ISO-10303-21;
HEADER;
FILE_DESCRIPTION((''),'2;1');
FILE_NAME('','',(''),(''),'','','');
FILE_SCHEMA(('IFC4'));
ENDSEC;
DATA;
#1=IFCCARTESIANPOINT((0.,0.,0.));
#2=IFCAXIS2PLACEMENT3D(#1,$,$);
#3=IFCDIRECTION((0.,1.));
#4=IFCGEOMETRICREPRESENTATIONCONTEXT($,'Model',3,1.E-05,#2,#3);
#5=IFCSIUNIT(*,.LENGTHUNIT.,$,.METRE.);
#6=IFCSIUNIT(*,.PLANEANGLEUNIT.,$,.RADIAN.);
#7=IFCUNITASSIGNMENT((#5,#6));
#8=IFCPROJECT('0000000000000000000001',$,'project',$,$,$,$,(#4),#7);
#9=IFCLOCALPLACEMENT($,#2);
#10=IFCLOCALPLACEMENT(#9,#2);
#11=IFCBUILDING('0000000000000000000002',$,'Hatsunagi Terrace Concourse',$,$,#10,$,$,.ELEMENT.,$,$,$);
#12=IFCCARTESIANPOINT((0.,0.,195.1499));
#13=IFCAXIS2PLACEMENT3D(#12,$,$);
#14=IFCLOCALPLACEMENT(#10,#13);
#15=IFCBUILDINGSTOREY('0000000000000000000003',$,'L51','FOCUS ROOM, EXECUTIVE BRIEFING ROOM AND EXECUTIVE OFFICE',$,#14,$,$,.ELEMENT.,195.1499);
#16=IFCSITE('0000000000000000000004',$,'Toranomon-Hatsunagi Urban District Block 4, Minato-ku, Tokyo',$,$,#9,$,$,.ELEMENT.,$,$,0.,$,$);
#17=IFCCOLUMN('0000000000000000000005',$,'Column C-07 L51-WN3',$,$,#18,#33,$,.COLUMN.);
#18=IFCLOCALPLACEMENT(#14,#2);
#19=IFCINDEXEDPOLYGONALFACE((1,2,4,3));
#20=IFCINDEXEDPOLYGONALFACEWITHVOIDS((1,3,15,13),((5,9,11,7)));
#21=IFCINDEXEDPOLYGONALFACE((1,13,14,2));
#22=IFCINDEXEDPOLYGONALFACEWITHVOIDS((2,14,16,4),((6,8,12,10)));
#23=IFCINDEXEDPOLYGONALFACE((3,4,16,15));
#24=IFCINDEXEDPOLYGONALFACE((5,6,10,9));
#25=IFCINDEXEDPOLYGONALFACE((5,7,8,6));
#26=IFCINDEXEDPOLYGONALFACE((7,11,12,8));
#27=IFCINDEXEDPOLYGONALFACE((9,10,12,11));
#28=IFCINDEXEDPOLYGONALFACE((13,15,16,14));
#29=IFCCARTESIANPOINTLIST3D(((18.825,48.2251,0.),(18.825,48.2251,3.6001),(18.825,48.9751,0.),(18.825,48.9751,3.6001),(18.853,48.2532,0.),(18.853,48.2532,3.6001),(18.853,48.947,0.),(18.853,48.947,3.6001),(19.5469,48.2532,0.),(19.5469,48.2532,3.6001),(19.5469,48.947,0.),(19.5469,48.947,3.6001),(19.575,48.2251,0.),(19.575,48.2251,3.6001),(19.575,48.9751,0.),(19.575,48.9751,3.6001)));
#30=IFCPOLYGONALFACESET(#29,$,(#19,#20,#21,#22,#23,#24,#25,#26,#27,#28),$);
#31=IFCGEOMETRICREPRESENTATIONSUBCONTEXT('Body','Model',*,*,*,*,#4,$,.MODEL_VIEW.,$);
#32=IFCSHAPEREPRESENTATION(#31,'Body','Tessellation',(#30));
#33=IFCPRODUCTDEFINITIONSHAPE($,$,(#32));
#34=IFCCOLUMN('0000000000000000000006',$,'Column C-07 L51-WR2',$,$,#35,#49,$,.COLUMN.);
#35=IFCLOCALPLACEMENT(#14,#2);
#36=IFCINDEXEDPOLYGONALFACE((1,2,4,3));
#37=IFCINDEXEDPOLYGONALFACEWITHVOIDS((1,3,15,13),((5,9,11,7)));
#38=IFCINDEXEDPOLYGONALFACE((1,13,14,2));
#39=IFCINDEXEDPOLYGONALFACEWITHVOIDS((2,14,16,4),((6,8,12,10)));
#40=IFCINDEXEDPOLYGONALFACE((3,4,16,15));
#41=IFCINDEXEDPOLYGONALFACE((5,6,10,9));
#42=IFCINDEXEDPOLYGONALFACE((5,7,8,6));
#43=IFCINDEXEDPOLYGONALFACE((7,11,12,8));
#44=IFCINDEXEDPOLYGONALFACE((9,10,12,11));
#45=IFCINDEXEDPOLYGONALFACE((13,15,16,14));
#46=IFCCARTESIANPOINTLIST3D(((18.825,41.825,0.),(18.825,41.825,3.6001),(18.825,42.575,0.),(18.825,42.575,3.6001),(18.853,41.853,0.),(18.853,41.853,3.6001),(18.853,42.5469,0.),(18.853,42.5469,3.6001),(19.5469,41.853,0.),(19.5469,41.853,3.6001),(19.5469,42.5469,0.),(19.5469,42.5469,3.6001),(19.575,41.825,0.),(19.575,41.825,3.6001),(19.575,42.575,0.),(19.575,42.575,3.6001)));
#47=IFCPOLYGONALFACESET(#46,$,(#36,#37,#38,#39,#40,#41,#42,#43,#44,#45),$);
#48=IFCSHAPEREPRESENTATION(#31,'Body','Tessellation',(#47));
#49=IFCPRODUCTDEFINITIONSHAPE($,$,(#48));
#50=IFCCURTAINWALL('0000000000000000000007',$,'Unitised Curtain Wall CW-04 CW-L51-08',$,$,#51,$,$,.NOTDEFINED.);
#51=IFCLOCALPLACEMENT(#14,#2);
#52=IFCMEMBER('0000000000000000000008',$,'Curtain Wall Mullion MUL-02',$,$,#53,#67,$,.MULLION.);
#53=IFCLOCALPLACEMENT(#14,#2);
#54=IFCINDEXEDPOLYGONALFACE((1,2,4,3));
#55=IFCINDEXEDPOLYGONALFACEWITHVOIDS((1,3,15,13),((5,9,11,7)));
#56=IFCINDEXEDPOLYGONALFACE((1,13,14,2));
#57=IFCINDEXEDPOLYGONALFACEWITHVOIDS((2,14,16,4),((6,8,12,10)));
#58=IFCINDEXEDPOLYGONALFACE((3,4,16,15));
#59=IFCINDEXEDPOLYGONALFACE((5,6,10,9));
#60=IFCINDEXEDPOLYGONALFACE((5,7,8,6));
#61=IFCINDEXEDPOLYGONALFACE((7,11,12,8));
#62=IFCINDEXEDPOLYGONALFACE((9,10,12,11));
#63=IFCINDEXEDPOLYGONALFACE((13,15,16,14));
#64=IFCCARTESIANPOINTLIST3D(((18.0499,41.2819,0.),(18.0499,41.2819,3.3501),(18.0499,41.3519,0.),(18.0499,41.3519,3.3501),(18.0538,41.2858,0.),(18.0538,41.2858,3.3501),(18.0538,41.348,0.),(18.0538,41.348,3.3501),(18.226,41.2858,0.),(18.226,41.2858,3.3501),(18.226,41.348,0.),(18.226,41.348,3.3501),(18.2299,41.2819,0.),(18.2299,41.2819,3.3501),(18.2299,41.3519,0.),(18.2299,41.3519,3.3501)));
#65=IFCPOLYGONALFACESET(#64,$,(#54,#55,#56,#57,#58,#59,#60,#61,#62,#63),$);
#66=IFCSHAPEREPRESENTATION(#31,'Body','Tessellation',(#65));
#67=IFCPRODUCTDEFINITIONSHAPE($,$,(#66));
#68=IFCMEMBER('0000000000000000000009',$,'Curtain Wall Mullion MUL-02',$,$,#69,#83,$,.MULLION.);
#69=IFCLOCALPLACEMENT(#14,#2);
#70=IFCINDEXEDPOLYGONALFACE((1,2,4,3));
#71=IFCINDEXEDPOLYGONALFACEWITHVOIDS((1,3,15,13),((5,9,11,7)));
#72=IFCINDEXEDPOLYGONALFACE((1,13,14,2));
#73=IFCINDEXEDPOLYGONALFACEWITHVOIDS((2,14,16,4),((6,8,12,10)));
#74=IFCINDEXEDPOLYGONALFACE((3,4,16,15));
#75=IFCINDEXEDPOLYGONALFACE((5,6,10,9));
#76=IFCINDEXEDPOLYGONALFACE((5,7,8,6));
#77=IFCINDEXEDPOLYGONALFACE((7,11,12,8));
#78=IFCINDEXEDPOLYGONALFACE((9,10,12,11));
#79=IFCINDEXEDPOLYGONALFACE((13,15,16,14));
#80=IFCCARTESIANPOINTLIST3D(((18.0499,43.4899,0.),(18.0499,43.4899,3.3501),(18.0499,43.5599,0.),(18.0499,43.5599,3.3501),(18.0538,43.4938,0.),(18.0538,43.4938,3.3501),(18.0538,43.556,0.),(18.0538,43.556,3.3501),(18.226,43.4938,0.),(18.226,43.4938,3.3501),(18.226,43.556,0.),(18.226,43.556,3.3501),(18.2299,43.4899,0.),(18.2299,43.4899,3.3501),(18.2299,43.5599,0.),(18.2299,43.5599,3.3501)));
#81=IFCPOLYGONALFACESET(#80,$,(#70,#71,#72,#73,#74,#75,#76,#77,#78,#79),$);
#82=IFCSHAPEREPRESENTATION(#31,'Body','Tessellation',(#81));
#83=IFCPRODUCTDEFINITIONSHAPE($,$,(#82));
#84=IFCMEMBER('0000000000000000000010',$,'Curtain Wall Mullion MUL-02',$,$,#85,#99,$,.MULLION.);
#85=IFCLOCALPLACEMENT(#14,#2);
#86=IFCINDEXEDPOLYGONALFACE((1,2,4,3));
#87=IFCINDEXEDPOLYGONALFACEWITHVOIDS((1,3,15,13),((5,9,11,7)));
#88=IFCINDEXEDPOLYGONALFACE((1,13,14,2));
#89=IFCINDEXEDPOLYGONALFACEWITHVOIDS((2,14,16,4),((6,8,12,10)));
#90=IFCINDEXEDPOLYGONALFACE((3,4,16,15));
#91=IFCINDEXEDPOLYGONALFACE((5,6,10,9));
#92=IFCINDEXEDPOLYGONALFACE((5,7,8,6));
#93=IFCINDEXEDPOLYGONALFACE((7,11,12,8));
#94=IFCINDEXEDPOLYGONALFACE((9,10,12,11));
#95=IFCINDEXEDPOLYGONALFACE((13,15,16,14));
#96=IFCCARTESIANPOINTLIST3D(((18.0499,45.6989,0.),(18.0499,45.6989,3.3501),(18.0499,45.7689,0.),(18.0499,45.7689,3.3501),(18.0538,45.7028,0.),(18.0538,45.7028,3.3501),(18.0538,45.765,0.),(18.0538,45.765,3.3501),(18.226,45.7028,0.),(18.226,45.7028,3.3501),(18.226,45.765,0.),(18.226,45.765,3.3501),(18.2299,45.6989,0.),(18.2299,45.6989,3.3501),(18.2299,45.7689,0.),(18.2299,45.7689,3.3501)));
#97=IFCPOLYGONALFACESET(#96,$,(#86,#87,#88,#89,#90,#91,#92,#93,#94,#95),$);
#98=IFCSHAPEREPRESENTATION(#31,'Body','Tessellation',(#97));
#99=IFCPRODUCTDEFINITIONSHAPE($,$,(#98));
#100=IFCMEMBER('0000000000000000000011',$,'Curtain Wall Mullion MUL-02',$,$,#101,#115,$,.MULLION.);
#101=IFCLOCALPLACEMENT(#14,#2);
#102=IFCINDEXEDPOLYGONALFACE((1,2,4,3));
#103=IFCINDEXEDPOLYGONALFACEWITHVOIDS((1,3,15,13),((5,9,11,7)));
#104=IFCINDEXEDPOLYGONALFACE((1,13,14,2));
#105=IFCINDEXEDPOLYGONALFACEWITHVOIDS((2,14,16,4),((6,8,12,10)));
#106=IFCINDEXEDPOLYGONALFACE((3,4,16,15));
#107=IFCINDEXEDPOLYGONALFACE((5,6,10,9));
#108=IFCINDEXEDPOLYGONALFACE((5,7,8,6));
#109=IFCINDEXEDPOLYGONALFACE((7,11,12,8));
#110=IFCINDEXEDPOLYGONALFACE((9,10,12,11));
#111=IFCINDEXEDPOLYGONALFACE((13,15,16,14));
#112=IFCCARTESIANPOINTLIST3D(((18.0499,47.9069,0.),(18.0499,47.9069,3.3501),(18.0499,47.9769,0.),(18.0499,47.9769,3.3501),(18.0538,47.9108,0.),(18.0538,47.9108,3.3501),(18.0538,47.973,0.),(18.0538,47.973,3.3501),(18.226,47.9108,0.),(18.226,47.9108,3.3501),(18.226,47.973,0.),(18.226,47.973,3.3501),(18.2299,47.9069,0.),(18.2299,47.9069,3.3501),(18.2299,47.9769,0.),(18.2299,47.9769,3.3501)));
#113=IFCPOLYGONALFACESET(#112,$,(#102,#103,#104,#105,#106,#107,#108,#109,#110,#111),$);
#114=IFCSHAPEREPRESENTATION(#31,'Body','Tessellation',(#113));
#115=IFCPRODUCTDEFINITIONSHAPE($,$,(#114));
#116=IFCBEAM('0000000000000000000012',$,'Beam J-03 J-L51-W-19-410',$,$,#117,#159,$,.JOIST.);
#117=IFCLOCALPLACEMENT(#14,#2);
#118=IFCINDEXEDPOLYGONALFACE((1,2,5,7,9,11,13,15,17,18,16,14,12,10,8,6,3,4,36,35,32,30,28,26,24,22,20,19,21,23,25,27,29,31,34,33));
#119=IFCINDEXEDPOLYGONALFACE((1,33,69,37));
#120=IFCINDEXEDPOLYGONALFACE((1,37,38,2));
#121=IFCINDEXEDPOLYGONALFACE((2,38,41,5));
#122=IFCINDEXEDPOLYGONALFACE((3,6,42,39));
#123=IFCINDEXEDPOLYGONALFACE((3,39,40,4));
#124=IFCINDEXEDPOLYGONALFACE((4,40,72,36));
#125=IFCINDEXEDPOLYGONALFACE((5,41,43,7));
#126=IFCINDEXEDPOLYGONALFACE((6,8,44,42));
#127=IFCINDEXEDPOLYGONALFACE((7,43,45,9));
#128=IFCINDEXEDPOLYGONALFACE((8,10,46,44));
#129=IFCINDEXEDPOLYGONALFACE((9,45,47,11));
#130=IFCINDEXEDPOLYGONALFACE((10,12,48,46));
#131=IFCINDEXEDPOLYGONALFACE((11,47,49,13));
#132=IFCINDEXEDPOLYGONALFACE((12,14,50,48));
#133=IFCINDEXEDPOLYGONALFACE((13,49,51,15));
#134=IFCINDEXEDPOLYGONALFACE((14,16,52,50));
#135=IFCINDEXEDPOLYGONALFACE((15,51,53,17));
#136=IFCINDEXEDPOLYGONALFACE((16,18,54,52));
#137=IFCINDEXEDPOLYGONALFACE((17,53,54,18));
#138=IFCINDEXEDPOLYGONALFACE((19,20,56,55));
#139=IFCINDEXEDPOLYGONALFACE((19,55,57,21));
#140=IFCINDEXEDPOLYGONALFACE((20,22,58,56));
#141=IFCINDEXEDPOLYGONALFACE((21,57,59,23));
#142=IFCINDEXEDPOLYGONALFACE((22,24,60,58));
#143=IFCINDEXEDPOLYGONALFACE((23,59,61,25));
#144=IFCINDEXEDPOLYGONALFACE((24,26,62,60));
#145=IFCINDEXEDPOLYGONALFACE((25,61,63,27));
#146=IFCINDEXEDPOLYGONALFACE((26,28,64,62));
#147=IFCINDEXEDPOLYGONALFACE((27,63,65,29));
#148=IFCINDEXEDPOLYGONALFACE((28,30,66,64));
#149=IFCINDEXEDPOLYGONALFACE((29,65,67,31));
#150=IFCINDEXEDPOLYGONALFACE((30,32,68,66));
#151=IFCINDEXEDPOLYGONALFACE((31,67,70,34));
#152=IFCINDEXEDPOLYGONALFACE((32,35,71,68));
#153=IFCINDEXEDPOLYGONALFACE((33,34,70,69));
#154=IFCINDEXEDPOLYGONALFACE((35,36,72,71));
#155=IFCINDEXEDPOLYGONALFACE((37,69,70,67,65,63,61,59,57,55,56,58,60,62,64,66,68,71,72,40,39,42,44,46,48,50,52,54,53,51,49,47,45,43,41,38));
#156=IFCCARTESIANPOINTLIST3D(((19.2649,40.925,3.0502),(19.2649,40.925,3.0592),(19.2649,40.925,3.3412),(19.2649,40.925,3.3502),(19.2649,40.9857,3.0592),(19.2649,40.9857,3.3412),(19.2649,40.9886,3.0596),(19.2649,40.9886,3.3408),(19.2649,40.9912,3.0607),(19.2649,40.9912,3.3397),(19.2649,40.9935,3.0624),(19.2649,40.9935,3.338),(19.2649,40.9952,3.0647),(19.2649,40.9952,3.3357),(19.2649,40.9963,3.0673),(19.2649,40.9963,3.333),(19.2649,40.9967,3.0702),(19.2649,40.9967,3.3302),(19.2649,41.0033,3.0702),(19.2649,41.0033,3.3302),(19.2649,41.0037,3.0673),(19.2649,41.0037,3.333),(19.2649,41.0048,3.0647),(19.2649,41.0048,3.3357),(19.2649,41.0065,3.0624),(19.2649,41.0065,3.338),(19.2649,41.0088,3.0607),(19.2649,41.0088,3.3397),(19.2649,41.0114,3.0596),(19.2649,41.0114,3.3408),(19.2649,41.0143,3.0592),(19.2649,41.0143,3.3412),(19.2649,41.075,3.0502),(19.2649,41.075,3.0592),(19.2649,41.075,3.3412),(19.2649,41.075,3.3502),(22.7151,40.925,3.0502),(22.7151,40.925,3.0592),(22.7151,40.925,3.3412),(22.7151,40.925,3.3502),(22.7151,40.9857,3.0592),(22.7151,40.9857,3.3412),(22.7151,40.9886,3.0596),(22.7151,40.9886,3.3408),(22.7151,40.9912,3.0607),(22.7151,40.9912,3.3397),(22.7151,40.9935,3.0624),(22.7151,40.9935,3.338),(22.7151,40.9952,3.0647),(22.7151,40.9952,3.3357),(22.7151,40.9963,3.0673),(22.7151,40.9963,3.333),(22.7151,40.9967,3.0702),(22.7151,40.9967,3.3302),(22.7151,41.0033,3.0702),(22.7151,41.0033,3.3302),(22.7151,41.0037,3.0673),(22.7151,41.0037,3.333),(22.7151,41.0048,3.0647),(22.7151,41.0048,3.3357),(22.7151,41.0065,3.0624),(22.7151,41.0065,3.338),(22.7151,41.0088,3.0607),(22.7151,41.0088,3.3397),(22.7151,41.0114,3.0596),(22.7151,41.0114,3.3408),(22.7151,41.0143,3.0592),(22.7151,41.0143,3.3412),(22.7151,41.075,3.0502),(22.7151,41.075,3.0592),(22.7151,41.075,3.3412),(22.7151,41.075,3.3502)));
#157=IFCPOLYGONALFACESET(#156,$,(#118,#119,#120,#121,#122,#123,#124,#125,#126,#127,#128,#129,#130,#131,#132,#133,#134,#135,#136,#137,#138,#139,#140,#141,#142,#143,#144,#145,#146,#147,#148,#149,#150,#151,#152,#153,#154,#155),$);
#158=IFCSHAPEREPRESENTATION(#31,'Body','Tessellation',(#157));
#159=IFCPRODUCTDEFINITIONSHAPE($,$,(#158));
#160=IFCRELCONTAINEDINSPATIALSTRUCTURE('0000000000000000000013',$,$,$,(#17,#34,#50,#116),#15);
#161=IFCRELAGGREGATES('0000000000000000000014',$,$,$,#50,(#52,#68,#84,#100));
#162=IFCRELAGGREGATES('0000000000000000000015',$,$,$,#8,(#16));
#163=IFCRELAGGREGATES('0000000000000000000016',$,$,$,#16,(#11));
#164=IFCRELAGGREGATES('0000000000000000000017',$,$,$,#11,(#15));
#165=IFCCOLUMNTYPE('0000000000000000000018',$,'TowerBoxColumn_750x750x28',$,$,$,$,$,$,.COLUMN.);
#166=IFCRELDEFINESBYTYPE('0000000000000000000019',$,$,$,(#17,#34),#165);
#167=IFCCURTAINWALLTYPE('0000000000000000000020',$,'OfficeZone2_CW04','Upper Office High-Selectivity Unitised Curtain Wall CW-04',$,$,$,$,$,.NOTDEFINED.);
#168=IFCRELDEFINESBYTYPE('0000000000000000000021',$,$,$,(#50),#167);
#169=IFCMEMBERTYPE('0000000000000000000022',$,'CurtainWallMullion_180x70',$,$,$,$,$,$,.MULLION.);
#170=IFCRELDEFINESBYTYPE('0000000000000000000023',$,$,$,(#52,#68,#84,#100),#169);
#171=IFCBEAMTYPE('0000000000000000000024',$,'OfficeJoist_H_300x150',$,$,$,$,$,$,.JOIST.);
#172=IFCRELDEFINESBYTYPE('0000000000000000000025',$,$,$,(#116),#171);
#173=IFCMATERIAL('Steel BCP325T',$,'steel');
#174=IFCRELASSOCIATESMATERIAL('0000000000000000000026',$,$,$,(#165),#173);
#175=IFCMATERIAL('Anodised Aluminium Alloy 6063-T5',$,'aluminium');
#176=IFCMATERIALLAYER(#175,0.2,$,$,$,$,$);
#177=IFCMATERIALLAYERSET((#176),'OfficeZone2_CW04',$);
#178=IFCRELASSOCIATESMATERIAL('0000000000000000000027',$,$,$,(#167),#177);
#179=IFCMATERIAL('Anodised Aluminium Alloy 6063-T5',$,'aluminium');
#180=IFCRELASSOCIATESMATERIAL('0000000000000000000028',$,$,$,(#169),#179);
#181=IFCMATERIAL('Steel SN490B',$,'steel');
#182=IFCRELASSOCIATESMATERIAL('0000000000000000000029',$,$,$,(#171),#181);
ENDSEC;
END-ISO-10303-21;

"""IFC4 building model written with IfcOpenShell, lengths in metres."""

from ifc_helpers import new_model, si_unit, direction, frame, origin, origin_2d, place, context, subcontext, project, spatial, hollow_rectangle, i_section, extrude, material, layer, layer_set, material_profile, profile_set, type_object, element, aggregate, save


model = new_model("IFC4")

# Units and contexts
model_context = context("Model", 3, precision=1e-05, world=origin(), true_north=direction((0.0, 1.0)))
body_context = subcontext(model_context, "Body", "Model", "MODEL_VIEW")
ifc_project = project(units=[si_unit("LENGTHUNIT", "METRE"), si_unit("PLANEANGLEUNIT", "RADIAN")], contexts=[model_context])

# Site, building, storey
site_placement = place(None, origin())
site = spatial("IfcSite", under=ifc_project, at=site_placement, Name="Toranomon-Hatsunagi Urban District Block 4, Minato-ku, Tokyo", CompositionType="ELEMENT", RefElevation=0.0)
building_placement = place(site_placement, origin())
building = spatial("IfcBuilding", under=site, at=building_placement, Name="Hatsunagi Terrace Concourse", CompositionType="ELEMENT")
storey_placement = place(building_placement, frame((0.0, 0.0, 195.1499)))
storey = spatial("IfcBuildingStorey", under=building, at=storey_placement, Name="L51", Description="FOCUS ROOM, EXECUTIVE BRIEFING ROOM AND EXECUTIVE OFFICE", CompositionType="ELEMENT", Elevation=195.1499)

# Columns
ifc_material_1 = material(Name="Steel BCP325T", Category="steel")
ifc_material_profile_1 = material_profile(ifc_material_1, hollow_rectangle(XDim=0.75, YDim=0.75, WallThickness=0.0281, at=origin_2d()), Name="BCP-750x750x28")
ifc_profile_set_1 = profile_set([ifc_material_profile_1], Name="Steel BCP325T")
column_type = type_object("IfcColumnType", Name="TowerBoxColumn_750x750x28", PredefinedType="COLUMN", material=ifc_profile_set_1)
for number, where, z_axis, x_axis, name in (
    (1, (19.2, 48.6001, 0.0), (0.0, 0.0, 1.0), (1.0, 0.0, 0.0), "Column C-07 L51-WN3"),
    (2, (19.2, 42.2, 0.0), (0.0, 0.0, 1.0), (1.0, 0.0, 0.0), "Column C-07 L51-WR2"),
):
    element("IfcColumn", number, at=place(storey_placement, frame(where, z_axis=z_axis, x_axis=x_axis)), inside=storey, type_object=column_type, Name=name, PredefinedType="COLUMN", context=body_context, shape_type="SweptSolid", body=[
        extrude(hollow_rectangle(XDim=0.75, YDim=0.75, WallThickness=0.0281, at=origin_2d()), origin(), (0.0, 0.0, 1.0), 3.6001),
    ])

# Curtain wall, members
ifc_material_2 = material(Name="Anodised Aluminium Alloy 6063-T5", Category="aluminium")
ifc_layer_1 = layer(ifc_material_2, 0.2)
ifc_layer_set_1 = layer_set([ifc_layer_1], Name="OfficeZone2_CW04")
curtain_wall_type = type_object("IfcCurtainWallType", Name="OfficeZone2_CW04", Description="Upper Office High-Selectivity Unitised Curtain Wall CW-04", PredefinedType="NOTDEFINED", material=ifc_layer_set_1)
curtain_wall_placement = place(storey_placement, origin())
curtain_wall = element("IfcCurtainWall", 3, at=curtain_wall_placement, inside=storey, type_object=curtain_wall_type, Name="Unitised Curtain Wall CW-04 CW-L51-08", PredefinedType="NOTDEFINED")
ifc_material_3 = material(Name="Anodised Aluminium Alloy 6063-T5", Category="aluminium")
ifc_material_profile_2 = material_profile(ifc_material_3, hollow_rectangle(XDim=0.0701, YDim=0.1799, WallThickness=0.0039, at=origin_2d()), Name="ALU-MUL-180x70x4")
ifc_profile_set_2 = profile_set([ifc_material_profile_2], Name="Anodised Aluminium Alloy 6063-T5")
member_type = type_object("IfcMemberType", Name="CurtainWallMullion_180x70", PredefinedType="MULLION", material=ifc_profile_set_2)
member_1_placement = place(storey_placement, frame((18.1399, 41.3169, 0.0), z_axis=(0.0, 0.0, 1.0), x_axis=(0.0, 1.0, 0.0)))
member_1 = element("IfcMember", 4, at=member_1_placement, type_object=member_type, Name="Curtain Wall Mullion MUL-02", PredefinedType="MULLION", context=body_context, shape_type="SweptSolid", body=[
    extrude(hollow_rectangle(XDim=0.0701, YDim=0.1799, WallThickness=0.0039, at=origin_2d()), origin(), (0.0, 0.0, 1.0), 3.3501),
])
member_2_placement = place(storey_placement, frame((18.1399, 43.5249, 0.0), z_axis=(0.0, 0.0, 1.0), x_axis=(0.0, 1.0, 0.0)))
member_2 = element("IfcMember", 5, at=member_2_placement, type_object=member_type, Name="Curtain Wall Mullion MUL-02", PredefinedType="MULLION", context=body_context, shape_type="SweptSolid", body=[
    extrude(hollow_rectangle(XDim=0.0701, YDim=0.1799, WallThickness=0.0039, at=origin_2d()), origin(), (0.0, 0.0, 1.0), 3.3501),
])
member_3_placement = place(storey_placement, frame((18.1399, 45.7339, 0.0), z_axis=(0.0, 0.0, 1.0), x_axis=(0.0, 1.0, 0.0)))
member_3 = element("IfcMember", 6, at=member_3_placement, type_object=member_type, Name="Curtain Wall Mullion MUL-02", PredefinedType="MULLION", context=body_context, shape_type="SweptSolid", body=[
    extrude(hollow_rectangle(XDim=0.0701, YDim=0.1799, WallThickness=0.0039, at=origin_2d()), origin(), (0.0, 0.0, 1.0), 3.3501),
])
member_4_placement = place(storey_placement, frame((18.1399, 47.9419, 0.0), z_axis=(0.0, 0.0, 1.0), x_axis=(0.0, 1.0, 0.0)))
member_4 = element("IfcMember", 7, at=member_4_placement, type_object=member_type, Name="Curtain Wall Mullion MUL-02", PredefinedType="MULLION", context=body_context, shape_type="SweptSolid", body=[
    extrude(hollow_rectangle(XDim=0.0701, YDim=0.1799, WallThickness=0.0039, at=origin_2d()), origin(), (0.0, 0.0, 1.0), 3.3501),
])

# Beam
ifc_material_4 = material(Name="Steel SN490B", Category="steel")
ifc_material_profile_3 = material_profile(ifc_material_4, i_section(OverallWidth=0.1499, OverallDepth=0.3, WebThickness=0.0066, FlangeThickness=0.009, FilletRadius=0.011, at=origin_2d()), Name="H-300x150x6.5x9")
ifc_profile_set_3 = profile_set([ifc_material_profile_3], Name="Steel SN490B")
beam_type_1 = type_object("IfcBeamType", Name="OfficeJoist_H_300x150", PredefinedType="JOIST", material=ifc_profile_set_3)
beam_1_placement = place(storey_placement, frame((19.2649, 41.0, 3.2002), z_axis=(1.0, 0.0, 0.0), x_axis=(0.0, 1.0, 0.0)))
element("IfcBeam", 8, at=beam_1_placement, inside=storey, type_object=beam_type_1, Name="Beam J-03 J-L51-W-19-410", PredefinedType="JOIST", context=body_context, shape_type="SweptSolid", body=[
    extrude(i_section(OverallWidth=0.1499, OverallDepth=0.3, WebThickness=0.0066, FlangeThickness=0.009, FilletRadius=0.011, at=origin_2d()), origin(), (0.0, 0.0, 1.0), 3.4502),
])

aggregate(curtain_wall, [member_1, member_2, member_3, member_4])

save(model, "model.ifc")
